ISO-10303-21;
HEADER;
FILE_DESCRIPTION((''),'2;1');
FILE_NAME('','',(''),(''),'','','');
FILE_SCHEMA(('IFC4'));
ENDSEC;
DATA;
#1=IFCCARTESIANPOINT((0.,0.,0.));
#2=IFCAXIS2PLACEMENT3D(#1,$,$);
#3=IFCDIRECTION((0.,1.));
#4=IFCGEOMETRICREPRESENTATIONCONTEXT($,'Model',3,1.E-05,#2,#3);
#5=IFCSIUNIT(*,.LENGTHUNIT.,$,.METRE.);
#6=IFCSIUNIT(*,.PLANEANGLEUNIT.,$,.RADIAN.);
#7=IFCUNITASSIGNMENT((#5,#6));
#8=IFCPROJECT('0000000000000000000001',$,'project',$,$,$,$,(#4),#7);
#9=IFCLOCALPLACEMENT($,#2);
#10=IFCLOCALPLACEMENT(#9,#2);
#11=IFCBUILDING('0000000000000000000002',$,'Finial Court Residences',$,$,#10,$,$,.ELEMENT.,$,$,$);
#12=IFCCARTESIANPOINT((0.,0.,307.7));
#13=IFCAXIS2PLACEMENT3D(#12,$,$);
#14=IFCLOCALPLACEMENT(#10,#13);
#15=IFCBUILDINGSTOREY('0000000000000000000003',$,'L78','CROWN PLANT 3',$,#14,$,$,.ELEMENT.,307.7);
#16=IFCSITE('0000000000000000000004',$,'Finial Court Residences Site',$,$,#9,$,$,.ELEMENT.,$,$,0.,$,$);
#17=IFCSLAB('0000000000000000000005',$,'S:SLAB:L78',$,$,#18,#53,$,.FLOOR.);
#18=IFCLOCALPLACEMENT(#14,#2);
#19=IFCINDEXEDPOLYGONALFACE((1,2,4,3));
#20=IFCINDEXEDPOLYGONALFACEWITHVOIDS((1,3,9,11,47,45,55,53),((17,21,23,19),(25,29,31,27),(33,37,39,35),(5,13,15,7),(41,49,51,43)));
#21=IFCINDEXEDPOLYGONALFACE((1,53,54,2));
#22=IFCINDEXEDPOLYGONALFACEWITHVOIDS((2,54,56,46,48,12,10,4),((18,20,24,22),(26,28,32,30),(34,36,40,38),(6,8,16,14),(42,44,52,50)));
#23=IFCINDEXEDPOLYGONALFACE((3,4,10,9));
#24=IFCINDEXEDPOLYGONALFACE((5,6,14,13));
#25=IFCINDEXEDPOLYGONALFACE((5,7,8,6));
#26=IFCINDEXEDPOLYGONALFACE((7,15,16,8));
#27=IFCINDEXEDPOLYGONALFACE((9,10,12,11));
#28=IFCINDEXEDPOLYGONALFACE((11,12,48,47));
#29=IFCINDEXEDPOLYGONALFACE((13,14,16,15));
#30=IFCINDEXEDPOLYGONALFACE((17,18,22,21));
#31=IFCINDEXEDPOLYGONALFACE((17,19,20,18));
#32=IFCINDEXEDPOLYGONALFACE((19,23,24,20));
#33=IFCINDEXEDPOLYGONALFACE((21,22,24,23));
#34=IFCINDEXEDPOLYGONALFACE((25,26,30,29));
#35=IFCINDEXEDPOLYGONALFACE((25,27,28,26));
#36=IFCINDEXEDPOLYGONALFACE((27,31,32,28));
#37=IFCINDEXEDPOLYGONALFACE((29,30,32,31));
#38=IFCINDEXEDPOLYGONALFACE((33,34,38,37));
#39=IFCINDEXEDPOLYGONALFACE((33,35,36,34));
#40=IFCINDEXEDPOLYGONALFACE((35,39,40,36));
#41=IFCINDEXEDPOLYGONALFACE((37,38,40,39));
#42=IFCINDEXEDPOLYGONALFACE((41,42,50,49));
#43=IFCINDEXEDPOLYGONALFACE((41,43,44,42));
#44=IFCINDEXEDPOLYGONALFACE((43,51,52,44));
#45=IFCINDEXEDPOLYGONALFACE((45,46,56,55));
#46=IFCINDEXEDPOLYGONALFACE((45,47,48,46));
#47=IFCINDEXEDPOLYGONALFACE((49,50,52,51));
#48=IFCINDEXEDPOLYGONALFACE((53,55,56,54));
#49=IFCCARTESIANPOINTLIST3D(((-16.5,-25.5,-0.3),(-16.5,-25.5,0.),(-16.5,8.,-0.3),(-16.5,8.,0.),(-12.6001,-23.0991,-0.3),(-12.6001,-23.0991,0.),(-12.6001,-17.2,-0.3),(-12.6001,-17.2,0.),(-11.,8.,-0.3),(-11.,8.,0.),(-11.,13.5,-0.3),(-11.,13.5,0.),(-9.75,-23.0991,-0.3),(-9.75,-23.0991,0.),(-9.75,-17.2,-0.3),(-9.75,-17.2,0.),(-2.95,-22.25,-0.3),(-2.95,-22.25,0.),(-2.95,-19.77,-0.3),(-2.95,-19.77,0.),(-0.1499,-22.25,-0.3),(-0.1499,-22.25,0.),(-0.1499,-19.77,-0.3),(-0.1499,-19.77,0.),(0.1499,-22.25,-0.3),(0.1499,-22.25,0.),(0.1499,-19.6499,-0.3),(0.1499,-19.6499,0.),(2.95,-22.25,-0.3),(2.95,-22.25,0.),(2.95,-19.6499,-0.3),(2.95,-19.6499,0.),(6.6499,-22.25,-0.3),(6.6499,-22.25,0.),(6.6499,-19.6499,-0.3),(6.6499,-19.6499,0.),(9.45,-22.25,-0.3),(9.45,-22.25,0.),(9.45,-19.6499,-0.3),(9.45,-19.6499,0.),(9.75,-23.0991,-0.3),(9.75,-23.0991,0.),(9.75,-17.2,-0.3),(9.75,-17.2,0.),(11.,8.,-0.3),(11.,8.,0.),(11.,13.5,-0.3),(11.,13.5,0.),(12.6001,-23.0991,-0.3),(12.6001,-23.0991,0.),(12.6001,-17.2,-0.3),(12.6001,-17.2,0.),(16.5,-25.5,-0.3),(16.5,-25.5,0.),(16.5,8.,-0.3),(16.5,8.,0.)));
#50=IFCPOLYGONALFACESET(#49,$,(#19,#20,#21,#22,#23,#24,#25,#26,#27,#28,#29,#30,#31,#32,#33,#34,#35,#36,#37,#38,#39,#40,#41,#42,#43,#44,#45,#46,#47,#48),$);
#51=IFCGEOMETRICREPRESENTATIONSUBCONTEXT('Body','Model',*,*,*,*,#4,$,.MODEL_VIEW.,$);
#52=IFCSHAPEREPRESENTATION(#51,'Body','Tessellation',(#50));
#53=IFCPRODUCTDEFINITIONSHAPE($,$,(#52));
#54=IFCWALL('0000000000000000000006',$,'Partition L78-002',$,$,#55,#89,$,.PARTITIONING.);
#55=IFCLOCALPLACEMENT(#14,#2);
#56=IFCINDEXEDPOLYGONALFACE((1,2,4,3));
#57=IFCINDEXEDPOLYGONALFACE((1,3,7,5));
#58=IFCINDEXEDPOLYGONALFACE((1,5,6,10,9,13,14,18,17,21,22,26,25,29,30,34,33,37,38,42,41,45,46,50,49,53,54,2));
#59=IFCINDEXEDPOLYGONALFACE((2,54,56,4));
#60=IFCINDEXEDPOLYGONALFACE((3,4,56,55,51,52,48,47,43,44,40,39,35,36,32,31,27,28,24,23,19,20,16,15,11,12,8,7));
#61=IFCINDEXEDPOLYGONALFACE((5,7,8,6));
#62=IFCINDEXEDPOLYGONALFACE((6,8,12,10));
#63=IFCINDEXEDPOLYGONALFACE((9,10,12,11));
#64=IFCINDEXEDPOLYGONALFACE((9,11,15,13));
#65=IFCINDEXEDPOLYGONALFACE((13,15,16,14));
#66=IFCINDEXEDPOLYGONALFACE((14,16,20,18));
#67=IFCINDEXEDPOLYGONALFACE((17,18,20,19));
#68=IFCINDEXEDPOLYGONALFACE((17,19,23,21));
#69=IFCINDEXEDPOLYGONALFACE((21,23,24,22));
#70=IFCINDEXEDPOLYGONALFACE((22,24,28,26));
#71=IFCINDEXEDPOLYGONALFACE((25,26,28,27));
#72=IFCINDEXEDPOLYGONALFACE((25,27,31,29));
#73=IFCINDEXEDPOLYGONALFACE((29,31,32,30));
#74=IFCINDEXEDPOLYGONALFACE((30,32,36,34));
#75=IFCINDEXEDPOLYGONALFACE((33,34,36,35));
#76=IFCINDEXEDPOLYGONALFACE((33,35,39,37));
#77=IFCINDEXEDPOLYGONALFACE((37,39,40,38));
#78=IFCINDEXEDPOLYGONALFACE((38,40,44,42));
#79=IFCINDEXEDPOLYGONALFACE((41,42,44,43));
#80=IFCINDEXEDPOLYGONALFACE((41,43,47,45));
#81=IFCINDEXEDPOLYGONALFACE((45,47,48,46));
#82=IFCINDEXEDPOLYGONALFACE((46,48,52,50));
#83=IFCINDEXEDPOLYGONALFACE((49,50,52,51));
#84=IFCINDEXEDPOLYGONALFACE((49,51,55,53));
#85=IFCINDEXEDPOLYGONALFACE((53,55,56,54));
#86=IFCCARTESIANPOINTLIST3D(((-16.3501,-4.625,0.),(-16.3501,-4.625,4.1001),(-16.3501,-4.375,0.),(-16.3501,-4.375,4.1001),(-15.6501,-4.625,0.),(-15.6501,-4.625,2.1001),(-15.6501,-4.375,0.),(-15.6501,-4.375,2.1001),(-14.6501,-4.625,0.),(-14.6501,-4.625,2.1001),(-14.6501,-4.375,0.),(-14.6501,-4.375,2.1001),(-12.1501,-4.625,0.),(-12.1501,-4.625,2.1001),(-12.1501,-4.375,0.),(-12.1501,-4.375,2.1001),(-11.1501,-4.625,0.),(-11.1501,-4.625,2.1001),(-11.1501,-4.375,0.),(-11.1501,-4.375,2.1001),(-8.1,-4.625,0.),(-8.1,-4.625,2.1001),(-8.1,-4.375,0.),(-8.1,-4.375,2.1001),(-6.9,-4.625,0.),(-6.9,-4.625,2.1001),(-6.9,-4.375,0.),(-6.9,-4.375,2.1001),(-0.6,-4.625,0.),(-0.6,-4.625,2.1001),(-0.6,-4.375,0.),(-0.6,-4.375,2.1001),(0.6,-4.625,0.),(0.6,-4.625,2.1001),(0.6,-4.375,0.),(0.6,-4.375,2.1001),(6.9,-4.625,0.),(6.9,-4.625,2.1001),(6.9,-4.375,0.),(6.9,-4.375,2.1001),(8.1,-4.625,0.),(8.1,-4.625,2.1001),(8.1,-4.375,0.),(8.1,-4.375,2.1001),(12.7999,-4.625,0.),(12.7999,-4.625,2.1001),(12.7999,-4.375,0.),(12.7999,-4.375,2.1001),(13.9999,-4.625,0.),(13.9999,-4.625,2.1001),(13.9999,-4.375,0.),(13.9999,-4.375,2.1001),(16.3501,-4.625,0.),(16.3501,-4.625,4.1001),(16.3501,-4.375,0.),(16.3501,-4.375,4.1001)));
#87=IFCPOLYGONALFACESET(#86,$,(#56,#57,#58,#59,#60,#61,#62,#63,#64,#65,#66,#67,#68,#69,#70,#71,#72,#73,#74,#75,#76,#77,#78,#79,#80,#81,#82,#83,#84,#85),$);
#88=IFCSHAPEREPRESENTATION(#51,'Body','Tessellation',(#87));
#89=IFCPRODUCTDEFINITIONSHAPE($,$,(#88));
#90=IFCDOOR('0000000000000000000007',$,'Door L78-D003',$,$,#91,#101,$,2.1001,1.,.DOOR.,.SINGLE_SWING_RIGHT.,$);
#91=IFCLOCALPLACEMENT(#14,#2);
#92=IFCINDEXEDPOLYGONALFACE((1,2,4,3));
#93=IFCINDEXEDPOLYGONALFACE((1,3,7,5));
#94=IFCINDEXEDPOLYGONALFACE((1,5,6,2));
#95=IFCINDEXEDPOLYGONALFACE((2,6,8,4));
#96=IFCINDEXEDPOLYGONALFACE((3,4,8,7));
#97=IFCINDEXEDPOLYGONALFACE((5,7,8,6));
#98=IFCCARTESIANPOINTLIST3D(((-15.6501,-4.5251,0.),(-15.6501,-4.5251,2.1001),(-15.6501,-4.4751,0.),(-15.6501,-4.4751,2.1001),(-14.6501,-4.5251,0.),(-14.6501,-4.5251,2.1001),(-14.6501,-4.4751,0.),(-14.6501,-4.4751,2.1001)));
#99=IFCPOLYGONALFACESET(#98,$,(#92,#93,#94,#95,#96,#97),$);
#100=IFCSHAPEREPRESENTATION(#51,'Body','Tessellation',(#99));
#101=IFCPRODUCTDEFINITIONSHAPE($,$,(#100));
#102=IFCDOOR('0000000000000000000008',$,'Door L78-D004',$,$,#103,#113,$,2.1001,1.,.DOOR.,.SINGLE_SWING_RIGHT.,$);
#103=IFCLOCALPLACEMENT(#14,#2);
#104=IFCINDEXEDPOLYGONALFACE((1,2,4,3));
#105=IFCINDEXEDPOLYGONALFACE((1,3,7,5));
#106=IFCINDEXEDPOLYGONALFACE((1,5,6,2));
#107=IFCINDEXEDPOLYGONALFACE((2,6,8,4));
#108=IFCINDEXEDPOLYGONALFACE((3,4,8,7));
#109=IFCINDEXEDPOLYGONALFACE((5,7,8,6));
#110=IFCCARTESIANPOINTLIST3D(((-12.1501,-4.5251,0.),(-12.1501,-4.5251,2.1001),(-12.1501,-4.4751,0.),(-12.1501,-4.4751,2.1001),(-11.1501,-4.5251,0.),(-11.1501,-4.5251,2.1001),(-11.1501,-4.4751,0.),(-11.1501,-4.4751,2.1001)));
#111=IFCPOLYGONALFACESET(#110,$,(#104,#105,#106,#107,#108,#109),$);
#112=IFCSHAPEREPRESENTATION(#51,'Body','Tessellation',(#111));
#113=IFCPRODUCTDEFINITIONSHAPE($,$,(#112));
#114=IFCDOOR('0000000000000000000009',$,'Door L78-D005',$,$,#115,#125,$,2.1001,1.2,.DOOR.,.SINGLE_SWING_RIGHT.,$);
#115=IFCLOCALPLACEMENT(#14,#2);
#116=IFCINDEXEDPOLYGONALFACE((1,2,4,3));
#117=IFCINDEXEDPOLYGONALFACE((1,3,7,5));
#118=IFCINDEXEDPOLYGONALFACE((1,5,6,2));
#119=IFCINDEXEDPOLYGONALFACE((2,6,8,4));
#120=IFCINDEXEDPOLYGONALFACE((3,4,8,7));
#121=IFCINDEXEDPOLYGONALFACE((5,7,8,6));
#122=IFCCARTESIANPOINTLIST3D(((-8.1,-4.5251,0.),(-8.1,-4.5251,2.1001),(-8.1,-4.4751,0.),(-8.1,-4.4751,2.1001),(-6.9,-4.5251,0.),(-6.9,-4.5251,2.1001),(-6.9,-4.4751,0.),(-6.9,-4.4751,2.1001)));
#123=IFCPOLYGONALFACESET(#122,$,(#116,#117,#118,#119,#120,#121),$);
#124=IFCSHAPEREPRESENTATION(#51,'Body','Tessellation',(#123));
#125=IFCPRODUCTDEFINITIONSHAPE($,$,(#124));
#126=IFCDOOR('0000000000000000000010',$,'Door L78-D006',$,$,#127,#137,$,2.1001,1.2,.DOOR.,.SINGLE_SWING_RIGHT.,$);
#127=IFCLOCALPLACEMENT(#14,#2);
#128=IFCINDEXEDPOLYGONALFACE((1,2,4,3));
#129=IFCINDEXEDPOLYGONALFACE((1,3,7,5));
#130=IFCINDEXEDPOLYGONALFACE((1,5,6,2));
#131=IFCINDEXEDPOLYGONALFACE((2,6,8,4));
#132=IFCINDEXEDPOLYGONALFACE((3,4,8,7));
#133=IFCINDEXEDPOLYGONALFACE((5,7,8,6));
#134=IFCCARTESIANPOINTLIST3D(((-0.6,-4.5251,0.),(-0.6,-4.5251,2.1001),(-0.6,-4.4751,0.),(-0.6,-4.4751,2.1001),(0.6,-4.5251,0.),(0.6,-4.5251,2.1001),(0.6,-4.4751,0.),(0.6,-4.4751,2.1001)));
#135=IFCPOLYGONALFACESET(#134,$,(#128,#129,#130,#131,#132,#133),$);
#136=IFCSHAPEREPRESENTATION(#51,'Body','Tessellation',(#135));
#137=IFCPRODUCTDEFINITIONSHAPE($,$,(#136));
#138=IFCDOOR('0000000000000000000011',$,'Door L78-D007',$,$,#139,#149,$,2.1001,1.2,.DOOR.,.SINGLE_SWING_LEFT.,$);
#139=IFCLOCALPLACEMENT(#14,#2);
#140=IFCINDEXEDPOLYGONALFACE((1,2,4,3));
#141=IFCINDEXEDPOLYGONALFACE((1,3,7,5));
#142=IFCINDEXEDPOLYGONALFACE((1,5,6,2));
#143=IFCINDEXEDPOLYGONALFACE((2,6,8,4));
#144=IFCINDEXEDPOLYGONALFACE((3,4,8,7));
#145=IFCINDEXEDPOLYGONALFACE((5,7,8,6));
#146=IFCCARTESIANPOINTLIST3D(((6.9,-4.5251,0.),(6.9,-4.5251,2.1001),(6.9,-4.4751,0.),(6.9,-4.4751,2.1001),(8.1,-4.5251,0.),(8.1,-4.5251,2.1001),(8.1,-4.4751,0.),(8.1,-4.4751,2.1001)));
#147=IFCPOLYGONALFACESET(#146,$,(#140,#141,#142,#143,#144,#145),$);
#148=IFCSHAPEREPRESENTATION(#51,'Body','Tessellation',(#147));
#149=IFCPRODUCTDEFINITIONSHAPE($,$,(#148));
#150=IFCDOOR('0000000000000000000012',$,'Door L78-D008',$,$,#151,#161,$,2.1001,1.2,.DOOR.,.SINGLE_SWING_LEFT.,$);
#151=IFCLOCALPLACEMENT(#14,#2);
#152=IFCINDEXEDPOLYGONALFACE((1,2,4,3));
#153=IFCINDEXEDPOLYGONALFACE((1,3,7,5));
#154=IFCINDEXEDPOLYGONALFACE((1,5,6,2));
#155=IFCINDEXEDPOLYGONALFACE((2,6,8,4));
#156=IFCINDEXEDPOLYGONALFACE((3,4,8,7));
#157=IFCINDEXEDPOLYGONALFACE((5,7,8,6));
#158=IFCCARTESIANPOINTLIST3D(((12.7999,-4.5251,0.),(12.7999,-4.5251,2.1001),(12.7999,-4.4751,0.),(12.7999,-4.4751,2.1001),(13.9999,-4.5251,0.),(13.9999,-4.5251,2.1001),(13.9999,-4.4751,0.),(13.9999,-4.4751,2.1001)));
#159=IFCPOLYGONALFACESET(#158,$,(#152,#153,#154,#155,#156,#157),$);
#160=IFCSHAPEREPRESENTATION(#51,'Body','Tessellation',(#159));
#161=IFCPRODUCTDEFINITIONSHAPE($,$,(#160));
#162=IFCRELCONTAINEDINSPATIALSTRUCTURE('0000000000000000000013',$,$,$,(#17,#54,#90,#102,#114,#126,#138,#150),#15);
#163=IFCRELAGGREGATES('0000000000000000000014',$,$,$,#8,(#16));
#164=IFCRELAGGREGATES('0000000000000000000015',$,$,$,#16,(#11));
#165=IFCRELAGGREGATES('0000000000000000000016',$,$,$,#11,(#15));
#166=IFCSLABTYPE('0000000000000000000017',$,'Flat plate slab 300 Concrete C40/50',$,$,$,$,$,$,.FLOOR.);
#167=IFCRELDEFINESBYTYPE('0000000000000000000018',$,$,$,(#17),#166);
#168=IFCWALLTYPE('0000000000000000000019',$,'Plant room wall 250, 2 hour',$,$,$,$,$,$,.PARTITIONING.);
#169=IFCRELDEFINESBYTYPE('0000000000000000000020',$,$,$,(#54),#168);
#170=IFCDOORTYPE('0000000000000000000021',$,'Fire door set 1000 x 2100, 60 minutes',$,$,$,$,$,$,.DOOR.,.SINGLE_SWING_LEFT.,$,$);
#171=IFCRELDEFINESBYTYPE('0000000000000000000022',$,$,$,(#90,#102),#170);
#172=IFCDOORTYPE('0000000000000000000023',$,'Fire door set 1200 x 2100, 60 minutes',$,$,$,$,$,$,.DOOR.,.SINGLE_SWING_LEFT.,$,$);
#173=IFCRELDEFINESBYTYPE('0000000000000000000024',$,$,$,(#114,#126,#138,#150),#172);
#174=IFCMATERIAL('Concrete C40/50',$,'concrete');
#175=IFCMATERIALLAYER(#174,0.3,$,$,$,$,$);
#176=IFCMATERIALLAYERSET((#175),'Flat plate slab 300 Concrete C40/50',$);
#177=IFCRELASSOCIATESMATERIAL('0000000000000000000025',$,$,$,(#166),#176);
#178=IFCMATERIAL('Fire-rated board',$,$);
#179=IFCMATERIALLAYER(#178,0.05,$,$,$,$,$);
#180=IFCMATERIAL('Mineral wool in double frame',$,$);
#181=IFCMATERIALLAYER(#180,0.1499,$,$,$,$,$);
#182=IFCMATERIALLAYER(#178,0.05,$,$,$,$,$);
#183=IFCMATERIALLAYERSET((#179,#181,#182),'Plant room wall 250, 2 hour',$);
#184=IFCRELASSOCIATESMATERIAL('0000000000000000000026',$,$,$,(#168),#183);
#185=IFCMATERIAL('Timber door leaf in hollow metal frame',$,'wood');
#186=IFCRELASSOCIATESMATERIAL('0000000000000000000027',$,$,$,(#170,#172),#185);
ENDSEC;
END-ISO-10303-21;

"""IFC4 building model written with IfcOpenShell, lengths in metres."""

from ifc_helpers import new_model, si_unit, direction, frame, frame_2d, origin, place, context, subcontext, project, spatial, polyline, rectangle, outline, extrude, material, layer, layer_set, type_object, element, fill, save


model = new_model("IFC4")

# Units and contexts
model_context = context("Model", 3, precision=1e-05, world=origin(), true_north=direction((0.0, 1.0)))
body_context = subcontext(model_context, "Body", "Model", "MODEL_VIEW")
ifc_project = project(units=[si_unit("LENGTHUNIT", "METRE"), si_unit("PLANEANGLEUNIT", "RADIAN")], contexts=[model_context])

# Site, building, storey
site_placement = place(None, origin())
site = spatial("IfcSite", under=ifc_project, at=site_placement, Name="Finial Court Residences Site", CompositionType="ELEMENT", RefElevation=0.0)
building_placement = place(site_placement, origin())
building = spatial("IfcBuilding", under=site, at=building_placement, Name="Finial Court Residences", CompositionType="ELEMENT")
storey_placement = place(building_placement, frame((0.0, 0.0, 307.7)))
storey = spatial("IfcBuildingStorey", under=building, at=storey_placement, Name="L78", Description="CROWN PLANT 3", CompositionType="ELEMENT", Elevation=307.7)

# Shared definitions
ifc_material_1 = material(Name="Concrete C40/50", Category="concrete")

# Slab
ifc_layer_1 = layer(ifc_material_1, 0.3)
ifc_layer_set_1 = layer_set([ifc_layer_1], Name="Flat plate slab 300 Concrete C40/50")
slab_type_1 = type_object("IfcSlabType", Name="Flat plate slab 300 Concrete C40/50", PredefinedType="FLOOR", material=ifc_layer_set_1)
slab_1_placement = place(storey_placement, frame((0.0, 0.0, -0.3)))
element("IfcSlab", 1, at=slab_1_placement, inside=storey, type_object=slab_type_1, Name="S:SLAB:L78", PredefinedType="FLOOR", context=body_context, shape_type="SweptSolid", body=[
    extrude(outline(polyline([(-16.5, -25.5), (-16.5, 8.0), (-11.0, 8.0), (-11.0, 13.5), (11.0, 13.5), (11.0, 8.0), (16.5, 8.0), (16.5, -25.5), (-16.5, -25.5)]), holes=[polyline([(-2.95, -19.77), (-2.95, -22.25), (-0.1499, -22.25), (-0.1499, -19.77), (-2.95, -19.77)]), polyline([(0.1499, -19.6499), (0.1499, -22.25), (2.95, -22.25), (2.95, -19.6499), (0.1499, -19.6499)]), polyline([(6.6499, -19.6499), (6.6499, -22.25), (9.45, -22.25), (9.45, -19.6499), (6.6499, -19.6499)]), polyline([(-12.6001, -17.2), (-12.6001, -23.0991), (-9.75, -23.0991), (-9.75, -17.2), (-12.6001, -17.2)]), polyline([(9.75, -17.2), (9.75, -23.0991), (12.6001, -23.0991), (12.6001, -17.2), (9.75, -17.2)])]), origin(), (0.0, 0.0, 1.0), 0.3),
])

# Wall, openings, doors
ifc_material_2 = material(Name="Fire-rated board")
ifc_layer_2 = layer(ifc_material_2, 0.05)
ifc_material_3 = material(Name="Mineral wool in double frame")
ifc_layer_3 = layer(ifc_material_3, 0.1499)
ifc_layer_4 = layer(ifc_material_2, 0.05)
ifc_layer_set_2 = layer_set([ifc_layer_2, ifc_layer_3, ifc_layer_4], Name="Plant room wall 250, 2 hour")
wall_type = type_object("IfcWallType", Name="Plant room wall 250, 2 hour", PredefinedType="PARTITIONING", material=ifc_layer_set_2)
wall_placement = place(storey_placement, frame((-16.3501, -4.5, 0.0), z_axis=(0.0, 0.0, 1.0), x_axis=(1.0, 0.0, 0.0)))
wall = element("IfcWall", 2, at=wall_placement, inside=storey, type_object=wall_type, Name="Partition L78-002", PredefinedType="PARTITIONING", context=body_context, shape_type="SweptSolid", body=[
    extrude(rectangle(XDim=32.7002, YDim=0.25, at=frame_2d((16.3501, 0.0))), origin(), (0.0, 0.0, 1.0), 4.1001),
])
opening_1_placement = place(wall_placement, frame((0.7, 0.0, 0.0)))
opening_1 = element("IfcOpeningElement", 3, at=opening_1_placement, cuts=wall, PredefinedType="OPENING", context=body_context, shape_type="SweptSolid", body=[
    extrude(rectangle(XDim=1.0, YDim=2.1001, at=frame_2d((0.5, 1.05))), frame((0.0, 0.135, 0.0), z_axis=(0.0, -1.0, 0.0), x_axis=(1.0, 0.0, 0.0)), (0.0, 0.0, 1.0), 0.27),
])
opening_2_placement = place(wall_placement, frame((4.2, 0.0, 0.0)))
opening_2 = element("IfcOpeningElement", 4, at=opening_2_placement, cuts=wall, PredefinedType="OPENING", context=body_context, shape_type="SweptSolid", body=[
    extrude(rectangle(XDim=1.0, YDim=2.1001, at=frame_2d((0.5, 1.05))), frame((0.0, 0.135, 0.0), z_axis=(0.0, -1.0, 0.0), x_axis=(1.0, 0.0, 0.0)), (0.0, 0.0, 1.0), 0.27),
])
opening_3_placement = place(wall_placement, frame((8.25, 0.0, 0.0)))
opening_3 = element("IfcOpeningElement", 5, at=opening_3_placement, cuts=wall, PredefinedType="OPENING", context=body_context, shape_type="SweptSolid", body=[
    extrude(rectangle(XDim=1.2, YDim=2.1001, at=frame_2d((0.6001, 1.05))), frame((0.0, 0.135, 0.0), z_axis=(0.0, -1.0, 0.0), x_axis=(1.0, 0.0, 0.0)), (0.0, 0.0, 1.0), 0.27),
])
opening_4_placement = place(wall_placement, frame((15.75, 0.0, 0.0)))
opening_4 = element("IfcOpeningElement", 6, at=opening_4_placement, cuts=wall, PredefinedType="OPENING", context=body_context, shape_type="SweptSolid", body=[
    extrude(rectangle(XDim=1.2, YDim=2.1001, at=frame_2d((0.6001, 1.05))), frame((0.0, 0.135, 0.0), z_axis=(0.0, -1.0, 0.0), x_axis=(1.0, 0.0, 0.0)), (0.0, 0.0, 1.0), 0.27),
])
opening_5_placement = place(wall_placement, frame((23.25, 0.0, 0.0)))
opening_5 = element("IfcOpeningElement", 7, at=opening_5_placement, cuts=wall, PredefinedType="OPENING", context=body_context, shape_type="SweptSolid", body=[
    extrude(rectangle(XDim=1.2, YDim=2.1001, at=frame_2d((0.6001, 1.05))), frame((0.0, 0.135, 0.0), z_axis=(0.0, -1.0, 0.0), x_axis=(1.0, 0.0, 0.0)), (0.0, 0.0, 1.0), 0.27),
])
opening_6_placement = place(wall_placement, frame((29.1499, 0.0, 0.0)))
opening_6 = element("IfcOpeningElement", 8, at=opening_6_placement, cuts=wall, PredefinedType="OPENING", context=body_context, shape_type="SweptSolid", body=[
    extrude(rectangle(XDim=1.2, YDim=2.1001, at=frame_2d((0.6001, 1.05))), frame((0.0, 0.135, 0.0), z_axis=(0.0, -1.0, 0.0), x_axis=(1.0, 0.0, 0.0)), (0.0, 0.0, 1.0), 0.27),
])
ifc_material_4 = material(Name="Timber door leaf in hollow metal frame", Category="wood")
door_type_1 = type_object("IfcDoorType", Name="Fire door set 1000 x 2100, 60 minutes", OperationType="SINGLE_SWING_LEFT", PredefinedType="DOOR", material=ifc_material_4)
door_1_placement = place(opening_1_placement, origin())
door_1 = element("IfcDoor", 9, at=door_1_placement, inside=storey, type_object=door_type_1, Name="Door L78-D003", OperationType="SINGLE_SWING_RIGHT", OverallHeight=2.1001, OverallWidth=1.0, PredefinedType="DOOR", context=body_context, shape_type="SweptSolid", body=[
    extrude(rectangle(XDim=1.0, YDim=2.1001, at=frame_2d((0.5, 1.05))), frame((0.0, 0.0249, 0.0), z_axis=(0.0, -1.0, 0.0), x_axis=(1.0, 0.0, 0.0)), (0.0, 0.0, 1.0), 0.05),
])
fill(opening_1, door_1)
door_2_placement = place(opening_2_placement, origin())
door_2 = element("IfcDoor", 10, at=door_2_placement, inside=storey, type_object=door_type_1, Name="Door L78-D004", OperationType="SINGLE_SWING_RIGHT", OverallHeight=2.1001, OverallWidth=1.0, PredefinedType="DOOR", context=body_context, shape_type="SweptSolid", body=[
    extrude(rectangle(XDim=1.0, YDim=2.1001, at=frame_2d((0.5, 1.05))), frame((0.0, 0.0249, 0.0), z_axis=(0.0, -1.0, 0.0), x_axis=(1.0, 0.0, 0.0)), (0.0, 0.0, 1.0), 0.05),
])
fill(opening_2, door_2)
door_type_2 = type_object("IfcDoorType", Name="Fire door set 1200 x 2100, 60 minutes", OperationType="SINGLE_SWING_LEFT", PredefinedType="DOOR", material=ifc_material_4)
door_3_placement = place(opening_3_placement, origin())
door_3 = element("IfcDoor", 11, at=door_3_placement, inside=storey, type_object=door_type_2, Name="Door L78-D005", OperationType="SINGLE_SWING_RIGHT", OverallHeight=2.1001, OverallWidth=1.2, PredefinedType="DOOR", context=body_context, shape_type="SweptSolid", body=[
    extrude(rectangle(XDim=1.2, YDim=2.1001, at=frame_2d((0.6001, 1.05))), frame((0.0, 0.0249, 0.0), z_axis=(0.0, -1.0, 0.0), x_axis=(1.0, 0.0, 0.0)), (0.0, 0.0, 1.0), 0.05),
])
fill(opening_3, door_3)
door_4_placement = place(opening_4_placement, origin())
door_4 = element("IfcDoor", 12, at=door_4_placement, inside=storey, type_object=door_type_2, Name="Door L78-D006", OperationType="SINGLE_SWING_RIGHT", OverallHeight=2.1001, OverallWidth=1.2, PredefinedType="DOOR", context=body_context, shape_type="SweptSolid", body=[
    extrude(rectangle(XDim=1.2, YDim=2.1001, at=frame_2d((0.6001, 1.05))), frame((0.0, 0.0249, 0.0), z_axis=(0.0, -1.0, 0.0), x_axis=(1.0, 0.0, 0.0)), (0.0, 0.0, 1.0), 0.05),
])
fill(opening_4, door_4)
door_5_placement = place(opening_5_placement, origin())
door_5 = element("IfcDoor", 13, at=door_5_placement, inside=storey, type_object=door_type_2, Name="Door L78-D007", OperationType="SINGLE_SWING_LEFT", OverallHeight=2.1001, OverallWidth=1.2, PredefinedType="DOOR", context=body_context, shape_type="SweptSolid", body=[
    extrude(rectangle(XDim=1.2, YDim=2.1001, at=frame_2d((0.6001, 1.05))), frame((0.0, 0.0249, 0.0), z_axis=(0.0, -1.0, 0.0), x_axis=(1.0, 0.0, 0.0)), (0.0, 0.0, 1.0), 0.05),
])
fill(opening_5, door_5)
door_6_placement = place(opening_6_placement, origin())
door_6 = element("IfcDoor", 14, at=door_6_placement, inside=storey, type_object=door_type_2, Name="Door L78-D008", OperationType="SINGLE_SWING_LEFT", OverallHeight=2.1001, OverallWidth=1.2, PredefinedType="DOOR", context=body_context, shape_type="SweptSolid", body=[
    extrude(rectangle(XDim=1.2, YDim=2.1001, at=frame_2d((0.6001, 1.05))), frame((0.0, 0.0249, 0.0), z_axis=(0.0, -1.0, 0.0), x_axis=(1.0, 0.0, 0.0)), (0.0, 0.0, 1.0), 0.05),
])
fill(opening_6, door_6)

save(model, "model.ifc")
